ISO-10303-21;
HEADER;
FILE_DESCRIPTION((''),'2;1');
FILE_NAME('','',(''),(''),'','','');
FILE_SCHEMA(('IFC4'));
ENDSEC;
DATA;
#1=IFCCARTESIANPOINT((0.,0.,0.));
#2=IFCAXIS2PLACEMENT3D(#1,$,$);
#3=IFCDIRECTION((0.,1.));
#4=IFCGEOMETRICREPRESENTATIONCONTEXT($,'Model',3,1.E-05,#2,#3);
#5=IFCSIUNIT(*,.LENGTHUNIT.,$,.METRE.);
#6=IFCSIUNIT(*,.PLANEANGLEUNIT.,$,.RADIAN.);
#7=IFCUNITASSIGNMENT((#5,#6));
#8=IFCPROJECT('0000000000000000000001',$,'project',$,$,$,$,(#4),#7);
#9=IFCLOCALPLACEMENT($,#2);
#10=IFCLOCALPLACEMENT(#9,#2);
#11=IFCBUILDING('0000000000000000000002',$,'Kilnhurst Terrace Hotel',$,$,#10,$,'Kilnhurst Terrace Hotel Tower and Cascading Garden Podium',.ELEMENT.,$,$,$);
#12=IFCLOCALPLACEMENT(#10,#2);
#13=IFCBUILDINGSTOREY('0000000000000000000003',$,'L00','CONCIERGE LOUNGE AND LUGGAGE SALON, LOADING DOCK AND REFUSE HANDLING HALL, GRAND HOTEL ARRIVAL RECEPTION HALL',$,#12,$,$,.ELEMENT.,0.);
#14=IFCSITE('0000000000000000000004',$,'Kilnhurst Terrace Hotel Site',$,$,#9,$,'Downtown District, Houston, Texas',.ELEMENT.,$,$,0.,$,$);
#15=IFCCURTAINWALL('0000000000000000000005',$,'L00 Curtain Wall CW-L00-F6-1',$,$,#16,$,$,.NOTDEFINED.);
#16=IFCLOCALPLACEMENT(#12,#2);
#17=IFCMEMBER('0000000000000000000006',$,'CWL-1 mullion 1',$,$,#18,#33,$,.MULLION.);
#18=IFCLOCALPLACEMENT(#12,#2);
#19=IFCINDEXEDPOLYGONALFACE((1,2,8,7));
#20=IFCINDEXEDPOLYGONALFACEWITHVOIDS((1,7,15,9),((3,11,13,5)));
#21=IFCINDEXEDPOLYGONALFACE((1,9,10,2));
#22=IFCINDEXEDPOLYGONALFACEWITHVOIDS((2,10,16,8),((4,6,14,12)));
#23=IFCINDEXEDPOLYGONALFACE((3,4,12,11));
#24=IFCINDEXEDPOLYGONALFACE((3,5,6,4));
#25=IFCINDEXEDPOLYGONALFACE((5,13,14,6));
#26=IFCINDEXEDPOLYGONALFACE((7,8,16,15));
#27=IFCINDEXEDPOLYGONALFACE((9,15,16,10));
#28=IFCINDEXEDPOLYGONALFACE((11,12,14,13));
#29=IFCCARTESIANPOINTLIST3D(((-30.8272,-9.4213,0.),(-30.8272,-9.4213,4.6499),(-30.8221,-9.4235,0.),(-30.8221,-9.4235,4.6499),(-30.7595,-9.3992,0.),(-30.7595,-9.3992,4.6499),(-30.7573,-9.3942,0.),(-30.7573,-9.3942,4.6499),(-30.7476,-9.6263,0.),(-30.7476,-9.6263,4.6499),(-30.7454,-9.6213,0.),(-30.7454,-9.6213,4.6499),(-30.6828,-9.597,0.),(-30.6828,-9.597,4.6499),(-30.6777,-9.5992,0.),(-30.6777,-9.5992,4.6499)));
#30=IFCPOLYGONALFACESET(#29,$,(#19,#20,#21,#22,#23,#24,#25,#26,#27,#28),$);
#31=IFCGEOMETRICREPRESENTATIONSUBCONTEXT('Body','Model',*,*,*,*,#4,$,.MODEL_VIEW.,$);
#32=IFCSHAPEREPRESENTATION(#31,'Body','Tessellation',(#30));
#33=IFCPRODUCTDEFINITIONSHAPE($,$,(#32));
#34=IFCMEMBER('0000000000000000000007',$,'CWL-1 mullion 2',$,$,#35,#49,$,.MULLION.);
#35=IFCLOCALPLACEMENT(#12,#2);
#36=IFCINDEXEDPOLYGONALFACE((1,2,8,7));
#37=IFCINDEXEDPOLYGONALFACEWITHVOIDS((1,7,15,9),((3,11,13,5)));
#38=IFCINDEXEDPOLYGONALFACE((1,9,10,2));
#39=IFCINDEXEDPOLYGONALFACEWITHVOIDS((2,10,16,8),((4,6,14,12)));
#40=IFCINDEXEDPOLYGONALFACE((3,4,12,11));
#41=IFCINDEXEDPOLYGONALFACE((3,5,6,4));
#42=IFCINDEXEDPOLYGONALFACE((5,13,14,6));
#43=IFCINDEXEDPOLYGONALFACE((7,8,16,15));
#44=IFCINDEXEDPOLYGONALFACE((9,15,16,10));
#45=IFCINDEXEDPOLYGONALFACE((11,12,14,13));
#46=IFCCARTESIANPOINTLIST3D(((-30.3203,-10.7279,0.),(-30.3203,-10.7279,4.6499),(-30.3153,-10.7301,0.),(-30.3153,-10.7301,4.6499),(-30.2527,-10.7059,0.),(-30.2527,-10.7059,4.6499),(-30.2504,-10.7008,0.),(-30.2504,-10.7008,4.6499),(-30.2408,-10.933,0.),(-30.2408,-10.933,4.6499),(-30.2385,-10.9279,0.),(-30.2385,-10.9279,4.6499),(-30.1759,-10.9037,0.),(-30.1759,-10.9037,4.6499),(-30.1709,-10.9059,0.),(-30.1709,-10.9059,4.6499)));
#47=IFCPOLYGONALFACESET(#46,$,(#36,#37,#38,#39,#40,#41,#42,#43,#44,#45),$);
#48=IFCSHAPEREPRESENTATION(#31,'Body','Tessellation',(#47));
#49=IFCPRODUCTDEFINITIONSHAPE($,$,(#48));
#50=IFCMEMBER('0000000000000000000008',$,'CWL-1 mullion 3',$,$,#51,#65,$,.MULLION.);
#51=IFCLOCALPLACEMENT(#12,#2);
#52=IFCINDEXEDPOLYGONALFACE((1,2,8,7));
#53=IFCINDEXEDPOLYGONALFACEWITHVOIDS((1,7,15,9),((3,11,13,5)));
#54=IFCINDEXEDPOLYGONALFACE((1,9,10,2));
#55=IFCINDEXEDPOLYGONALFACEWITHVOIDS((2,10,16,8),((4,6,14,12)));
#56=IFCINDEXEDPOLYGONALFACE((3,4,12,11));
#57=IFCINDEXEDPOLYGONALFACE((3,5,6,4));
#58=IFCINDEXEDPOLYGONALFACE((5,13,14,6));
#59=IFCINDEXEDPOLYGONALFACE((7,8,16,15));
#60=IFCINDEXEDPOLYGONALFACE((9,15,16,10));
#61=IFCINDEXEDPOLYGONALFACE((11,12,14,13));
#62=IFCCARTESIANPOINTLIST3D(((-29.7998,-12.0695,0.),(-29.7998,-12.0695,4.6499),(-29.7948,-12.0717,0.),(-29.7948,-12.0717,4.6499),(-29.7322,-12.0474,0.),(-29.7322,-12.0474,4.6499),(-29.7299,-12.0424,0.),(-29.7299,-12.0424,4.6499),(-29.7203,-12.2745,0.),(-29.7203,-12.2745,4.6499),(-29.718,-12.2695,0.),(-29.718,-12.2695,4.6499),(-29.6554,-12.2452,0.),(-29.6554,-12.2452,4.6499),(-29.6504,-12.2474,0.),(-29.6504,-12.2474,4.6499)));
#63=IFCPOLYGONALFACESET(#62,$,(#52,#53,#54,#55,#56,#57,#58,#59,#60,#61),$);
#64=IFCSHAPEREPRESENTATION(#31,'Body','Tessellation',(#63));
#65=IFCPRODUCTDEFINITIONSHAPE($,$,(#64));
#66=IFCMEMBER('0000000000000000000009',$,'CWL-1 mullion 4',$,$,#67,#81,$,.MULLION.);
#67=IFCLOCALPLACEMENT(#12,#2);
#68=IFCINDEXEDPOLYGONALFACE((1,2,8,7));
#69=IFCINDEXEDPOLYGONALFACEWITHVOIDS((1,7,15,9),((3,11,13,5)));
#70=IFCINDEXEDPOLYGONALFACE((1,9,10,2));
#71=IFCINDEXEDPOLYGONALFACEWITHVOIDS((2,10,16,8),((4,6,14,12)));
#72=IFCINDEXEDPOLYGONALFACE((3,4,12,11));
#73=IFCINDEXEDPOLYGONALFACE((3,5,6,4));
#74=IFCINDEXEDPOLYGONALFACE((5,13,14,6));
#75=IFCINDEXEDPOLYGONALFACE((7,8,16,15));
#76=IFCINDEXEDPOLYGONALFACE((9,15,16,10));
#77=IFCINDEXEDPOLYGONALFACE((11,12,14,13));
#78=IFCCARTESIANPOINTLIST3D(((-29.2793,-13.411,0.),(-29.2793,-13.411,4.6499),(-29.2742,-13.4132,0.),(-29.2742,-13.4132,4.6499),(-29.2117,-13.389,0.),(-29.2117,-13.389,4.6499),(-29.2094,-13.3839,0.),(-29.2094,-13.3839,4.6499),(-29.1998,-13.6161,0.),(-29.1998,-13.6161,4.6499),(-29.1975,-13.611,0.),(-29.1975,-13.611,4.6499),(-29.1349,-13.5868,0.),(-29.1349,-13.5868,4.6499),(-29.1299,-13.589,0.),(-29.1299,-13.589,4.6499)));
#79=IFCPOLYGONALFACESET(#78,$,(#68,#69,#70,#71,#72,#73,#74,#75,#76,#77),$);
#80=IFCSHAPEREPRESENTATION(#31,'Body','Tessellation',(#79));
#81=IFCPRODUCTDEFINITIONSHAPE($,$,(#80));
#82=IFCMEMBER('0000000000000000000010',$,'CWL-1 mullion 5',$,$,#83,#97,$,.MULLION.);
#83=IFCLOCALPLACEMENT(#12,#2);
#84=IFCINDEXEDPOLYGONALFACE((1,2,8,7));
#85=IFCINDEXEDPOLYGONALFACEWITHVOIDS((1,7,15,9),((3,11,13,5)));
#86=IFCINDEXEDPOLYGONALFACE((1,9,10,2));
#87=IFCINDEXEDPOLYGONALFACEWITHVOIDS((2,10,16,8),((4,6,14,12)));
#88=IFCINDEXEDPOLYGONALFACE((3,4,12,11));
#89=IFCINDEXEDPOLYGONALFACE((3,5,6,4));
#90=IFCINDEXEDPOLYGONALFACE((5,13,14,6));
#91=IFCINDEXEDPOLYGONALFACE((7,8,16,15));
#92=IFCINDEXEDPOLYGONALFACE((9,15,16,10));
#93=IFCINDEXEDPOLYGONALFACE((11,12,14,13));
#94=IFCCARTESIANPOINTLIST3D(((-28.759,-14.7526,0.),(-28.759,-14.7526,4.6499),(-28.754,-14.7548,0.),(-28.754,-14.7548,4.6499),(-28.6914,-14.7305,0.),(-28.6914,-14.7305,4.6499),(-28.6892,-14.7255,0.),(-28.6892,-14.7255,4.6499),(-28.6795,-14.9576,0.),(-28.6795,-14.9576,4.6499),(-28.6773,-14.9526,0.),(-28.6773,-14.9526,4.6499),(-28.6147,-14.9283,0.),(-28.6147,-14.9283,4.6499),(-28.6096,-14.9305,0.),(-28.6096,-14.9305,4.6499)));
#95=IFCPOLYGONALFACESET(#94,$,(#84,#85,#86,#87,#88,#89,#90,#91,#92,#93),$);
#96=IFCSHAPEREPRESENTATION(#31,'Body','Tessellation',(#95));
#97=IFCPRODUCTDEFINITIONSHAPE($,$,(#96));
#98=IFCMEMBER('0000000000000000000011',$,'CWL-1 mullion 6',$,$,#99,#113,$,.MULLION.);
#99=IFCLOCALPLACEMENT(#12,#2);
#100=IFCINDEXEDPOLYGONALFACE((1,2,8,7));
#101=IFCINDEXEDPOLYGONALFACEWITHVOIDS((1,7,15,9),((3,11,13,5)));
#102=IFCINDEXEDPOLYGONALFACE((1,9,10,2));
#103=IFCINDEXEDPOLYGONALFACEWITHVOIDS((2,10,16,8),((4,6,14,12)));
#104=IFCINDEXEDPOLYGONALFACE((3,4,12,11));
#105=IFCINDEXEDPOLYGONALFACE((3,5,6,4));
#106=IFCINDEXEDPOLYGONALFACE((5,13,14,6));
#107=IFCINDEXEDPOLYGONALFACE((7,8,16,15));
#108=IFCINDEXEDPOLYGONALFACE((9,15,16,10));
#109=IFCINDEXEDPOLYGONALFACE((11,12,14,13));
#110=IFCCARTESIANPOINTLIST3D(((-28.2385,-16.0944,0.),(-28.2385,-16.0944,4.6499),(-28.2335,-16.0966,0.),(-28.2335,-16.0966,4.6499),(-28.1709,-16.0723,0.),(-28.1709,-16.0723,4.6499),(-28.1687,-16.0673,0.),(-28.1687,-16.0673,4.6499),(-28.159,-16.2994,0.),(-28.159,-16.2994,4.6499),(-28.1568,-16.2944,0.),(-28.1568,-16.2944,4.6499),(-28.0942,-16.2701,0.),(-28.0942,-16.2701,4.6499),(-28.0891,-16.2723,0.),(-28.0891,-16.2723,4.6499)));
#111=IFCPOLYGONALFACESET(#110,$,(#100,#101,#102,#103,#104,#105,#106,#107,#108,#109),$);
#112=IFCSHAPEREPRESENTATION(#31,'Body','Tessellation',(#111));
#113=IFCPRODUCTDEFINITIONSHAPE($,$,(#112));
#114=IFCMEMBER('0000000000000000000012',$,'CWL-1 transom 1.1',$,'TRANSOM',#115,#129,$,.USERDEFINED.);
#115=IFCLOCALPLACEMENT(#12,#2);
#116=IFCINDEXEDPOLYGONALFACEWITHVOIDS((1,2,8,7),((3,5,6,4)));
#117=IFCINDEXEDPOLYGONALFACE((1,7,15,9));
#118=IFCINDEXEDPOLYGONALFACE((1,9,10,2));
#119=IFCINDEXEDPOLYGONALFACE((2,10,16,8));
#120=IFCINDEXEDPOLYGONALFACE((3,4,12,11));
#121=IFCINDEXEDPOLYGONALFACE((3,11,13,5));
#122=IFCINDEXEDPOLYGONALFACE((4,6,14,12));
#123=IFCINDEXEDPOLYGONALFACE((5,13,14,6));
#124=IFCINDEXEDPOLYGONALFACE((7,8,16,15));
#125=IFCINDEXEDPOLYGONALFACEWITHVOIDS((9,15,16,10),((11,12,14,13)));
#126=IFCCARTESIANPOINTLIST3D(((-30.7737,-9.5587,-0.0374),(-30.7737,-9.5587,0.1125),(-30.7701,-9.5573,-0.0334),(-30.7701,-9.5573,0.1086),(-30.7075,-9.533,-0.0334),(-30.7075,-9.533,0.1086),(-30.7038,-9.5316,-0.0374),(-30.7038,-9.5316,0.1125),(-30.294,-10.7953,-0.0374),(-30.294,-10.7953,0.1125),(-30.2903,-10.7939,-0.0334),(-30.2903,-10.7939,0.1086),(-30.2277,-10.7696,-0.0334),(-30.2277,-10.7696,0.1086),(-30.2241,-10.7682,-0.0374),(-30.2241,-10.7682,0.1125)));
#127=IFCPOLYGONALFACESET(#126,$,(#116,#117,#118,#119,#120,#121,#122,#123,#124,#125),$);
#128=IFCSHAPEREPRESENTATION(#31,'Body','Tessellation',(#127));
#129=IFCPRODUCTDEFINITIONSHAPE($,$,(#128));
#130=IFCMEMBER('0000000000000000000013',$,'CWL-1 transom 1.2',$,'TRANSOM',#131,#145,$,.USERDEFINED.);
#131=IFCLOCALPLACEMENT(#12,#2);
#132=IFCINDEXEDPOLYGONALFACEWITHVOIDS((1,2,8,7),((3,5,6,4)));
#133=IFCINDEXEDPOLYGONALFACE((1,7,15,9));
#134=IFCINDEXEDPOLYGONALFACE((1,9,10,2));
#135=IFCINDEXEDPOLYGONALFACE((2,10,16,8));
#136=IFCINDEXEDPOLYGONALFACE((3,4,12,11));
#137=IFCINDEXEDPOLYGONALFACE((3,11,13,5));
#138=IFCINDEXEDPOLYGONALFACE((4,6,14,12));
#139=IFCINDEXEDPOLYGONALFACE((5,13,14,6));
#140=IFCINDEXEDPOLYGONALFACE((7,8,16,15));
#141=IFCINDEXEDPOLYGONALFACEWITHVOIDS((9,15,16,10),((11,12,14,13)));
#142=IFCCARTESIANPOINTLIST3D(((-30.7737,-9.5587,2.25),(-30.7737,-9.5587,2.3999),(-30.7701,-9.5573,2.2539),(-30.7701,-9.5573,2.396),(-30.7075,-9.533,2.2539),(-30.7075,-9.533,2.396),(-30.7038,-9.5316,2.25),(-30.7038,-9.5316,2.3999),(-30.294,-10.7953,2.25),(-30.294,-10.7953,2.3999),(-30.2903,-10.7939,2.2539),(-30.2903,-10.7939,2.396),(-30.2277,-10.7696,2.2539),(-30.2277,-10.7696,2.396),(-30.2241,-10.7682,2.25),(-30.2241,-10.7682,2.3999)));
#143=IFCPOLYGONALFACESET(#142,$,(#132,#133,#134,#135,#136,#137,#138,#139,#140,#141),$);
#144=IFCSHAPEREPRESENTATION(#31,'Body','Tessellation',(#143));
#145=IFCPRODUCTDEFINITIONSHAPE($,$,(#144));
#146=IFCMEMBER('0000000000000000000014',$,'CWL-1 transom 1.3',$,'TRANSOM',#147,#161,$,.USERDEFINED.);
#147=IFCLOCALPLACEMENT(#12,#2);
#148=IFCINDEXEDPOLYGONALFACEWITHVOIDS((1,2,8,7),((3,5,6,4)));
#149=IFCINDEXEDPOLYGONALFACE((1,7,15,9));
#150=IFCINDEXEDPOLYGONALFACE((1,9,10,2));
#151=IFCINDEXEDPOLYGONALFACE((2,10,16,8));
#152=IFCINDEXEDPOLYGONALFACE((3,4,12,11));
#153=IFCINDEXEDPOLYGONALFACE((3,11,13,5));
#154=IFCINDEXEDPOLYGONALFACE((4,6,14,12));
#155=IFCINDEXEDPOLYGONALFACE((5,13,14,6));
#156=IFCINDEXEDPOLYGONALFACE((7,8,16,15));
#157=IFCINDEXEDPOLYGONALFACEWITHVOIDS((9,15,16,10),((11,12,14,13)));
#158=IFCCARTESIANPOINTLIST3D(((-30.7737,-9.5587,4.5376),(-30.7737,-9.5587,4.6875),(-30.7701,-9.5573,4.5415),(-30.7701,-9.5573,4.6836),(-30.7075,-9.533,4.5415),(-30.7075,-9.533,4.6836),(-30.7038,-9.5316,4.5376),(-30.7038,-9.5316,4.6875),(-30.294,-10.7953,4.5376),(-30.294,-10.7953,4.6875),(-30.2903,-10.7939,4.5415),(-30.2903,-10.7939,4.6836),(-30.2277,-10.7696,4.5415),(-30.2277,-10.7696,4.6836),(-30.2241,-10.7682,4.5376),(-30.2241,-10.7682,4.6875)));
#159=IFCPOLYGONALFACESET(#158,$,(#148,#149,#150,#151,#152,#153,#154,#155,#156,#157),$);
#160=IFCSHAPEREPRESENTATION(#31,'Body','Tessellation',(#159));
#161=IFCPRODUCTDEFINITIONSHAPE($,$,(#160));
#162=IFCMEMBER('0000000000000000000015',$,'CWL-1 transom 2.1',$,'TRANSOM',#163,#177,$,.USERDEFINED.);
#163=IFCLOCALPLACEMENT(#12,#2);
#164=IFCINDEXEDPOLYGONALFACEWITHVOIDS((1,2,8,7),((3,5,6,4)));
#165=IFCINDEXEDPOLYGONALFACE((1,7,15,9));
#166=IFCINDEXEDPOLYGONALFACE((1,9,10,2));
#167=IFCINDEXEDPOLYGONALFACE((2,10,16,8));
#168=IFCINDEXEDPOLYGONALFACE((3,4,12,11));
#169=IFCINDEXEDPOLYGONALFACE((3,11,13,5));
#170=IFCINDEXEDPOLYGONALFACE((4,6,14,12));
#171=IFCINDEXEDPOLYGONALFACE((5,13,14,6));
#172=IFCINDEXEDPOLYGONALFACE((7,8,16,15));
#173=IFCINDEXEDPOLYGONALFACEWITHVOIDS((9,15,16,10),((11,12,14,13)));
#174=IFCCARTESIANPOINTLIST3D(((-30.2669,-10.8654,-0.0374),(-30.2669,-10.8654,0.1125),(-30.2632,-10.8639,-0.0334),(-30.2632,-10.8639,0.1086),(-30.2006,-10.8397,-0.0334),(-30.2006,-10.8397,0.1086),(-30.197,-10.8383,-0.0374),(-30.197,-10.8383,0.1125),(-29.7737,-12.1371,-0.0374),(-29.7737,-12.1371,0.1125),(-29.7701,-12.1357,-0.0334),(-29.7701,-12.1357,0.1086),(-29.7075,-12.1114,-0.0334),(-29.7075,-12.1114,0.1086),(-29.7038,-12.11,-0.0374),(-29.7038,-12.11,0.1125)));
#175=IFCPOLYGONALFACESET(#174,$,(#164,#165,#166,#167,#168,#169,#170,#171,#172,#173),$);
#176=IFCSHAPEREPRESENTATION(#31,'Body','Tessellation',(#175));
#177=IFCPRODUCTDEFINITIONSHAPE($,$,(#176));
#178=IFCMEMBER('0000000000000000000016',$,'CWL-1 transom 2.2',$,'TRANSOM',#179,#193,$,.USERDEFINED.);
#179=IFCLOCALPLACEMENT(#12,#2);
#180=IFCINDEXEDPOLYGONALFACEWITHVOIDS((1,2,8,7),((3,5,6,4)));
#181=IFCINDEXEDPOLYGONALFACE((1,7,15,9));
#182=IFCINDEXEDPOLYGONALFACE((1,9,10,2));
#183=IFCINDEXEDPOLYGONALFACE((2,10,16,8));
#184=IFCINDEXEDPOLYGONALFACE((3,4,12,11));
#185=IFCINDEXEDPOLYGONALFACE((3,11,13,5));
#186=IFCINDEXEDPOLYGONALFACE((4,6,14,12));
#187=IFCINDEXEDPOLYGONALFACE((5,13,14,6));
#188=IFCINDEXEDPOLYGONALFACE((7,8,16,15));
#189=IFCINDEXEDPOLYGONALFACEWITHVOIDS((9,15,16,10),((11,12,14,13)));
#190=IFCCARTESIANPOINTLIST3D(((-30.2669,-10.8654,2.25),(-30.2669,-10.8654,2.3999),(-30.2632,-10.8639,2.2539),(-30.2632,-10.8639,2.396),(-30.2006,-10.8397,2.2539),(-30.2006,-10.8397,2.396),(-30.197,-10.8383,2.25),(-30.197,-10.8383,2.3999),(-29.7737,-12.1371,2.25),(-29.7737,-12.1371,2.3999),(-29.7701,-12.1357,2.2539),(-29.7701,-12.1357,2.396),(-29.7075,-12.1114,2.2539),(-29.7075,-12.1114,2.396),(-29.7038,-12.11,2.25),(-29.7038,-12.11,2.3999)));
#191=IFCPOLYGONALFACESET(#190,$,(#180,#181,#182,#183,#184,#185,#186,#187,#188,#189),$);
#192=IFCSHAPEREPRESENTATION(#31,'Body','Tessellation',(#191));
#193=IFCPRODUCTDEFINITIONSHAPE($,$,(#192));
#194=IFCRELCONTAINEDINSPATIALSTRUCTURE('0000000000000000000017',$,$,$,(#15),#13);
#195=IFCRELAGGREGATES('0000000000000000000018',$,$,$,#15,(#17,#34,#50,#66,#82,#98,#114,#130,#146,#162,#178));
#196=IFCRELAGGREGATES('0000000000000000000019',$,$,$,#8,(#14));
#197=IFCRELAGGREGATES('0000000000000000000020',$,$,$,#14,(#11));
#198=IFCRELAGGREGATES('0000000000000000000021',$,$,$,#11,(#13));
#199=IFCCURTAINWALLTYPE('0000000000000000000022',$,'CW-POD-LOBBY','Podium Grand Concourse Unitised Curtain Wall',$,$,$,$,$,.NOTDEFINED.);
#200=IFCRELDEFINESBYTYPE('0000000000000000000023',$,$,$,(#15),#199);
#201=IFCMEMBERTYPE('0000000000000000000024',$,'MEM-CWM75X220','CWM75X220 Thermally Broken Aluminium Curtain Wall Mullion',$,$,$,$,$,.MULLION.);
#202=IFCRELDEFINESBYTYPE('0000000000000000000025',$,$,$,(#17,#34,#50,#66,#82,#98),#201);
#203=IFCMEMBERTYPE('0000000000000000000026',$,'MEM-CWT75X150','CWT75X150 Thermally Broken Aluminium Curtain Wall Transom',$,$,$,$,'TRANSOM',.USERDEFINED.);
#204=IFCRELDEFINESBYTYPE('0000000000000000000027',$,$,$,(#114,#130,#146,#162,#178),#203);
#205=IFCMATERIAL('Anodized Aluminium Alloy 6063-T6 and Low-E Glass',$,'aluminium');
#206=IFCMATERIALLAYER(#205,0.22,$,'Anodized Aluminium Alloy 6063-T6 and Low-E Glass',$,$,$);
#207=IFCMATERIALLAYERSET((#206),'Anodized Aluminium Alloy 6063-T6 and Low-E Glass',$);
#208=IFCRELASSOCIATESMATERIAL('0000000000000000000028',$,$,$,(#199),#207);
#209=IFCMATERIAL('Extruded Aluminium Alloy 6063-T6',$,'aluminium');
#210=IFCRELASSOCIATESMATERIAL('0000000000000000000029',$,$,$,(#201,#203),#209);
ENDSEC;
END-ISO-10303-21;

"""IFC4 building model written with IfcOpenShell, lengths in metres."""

from ifc_helpers import new_model, si_unit, direction, frame, origin, origin_2d, place, context, subcontext, project, spatial, hollow_rectangle, extrude, material, layer, layer_set, material_profile, profile_set, type_object, element, aggregate, save


model = new_model("IFC4")

# Units and contexts
model_context = context("Model", 3, precision=1e-05, world=origin(), true_north=direction((0.0, 1.0)))
body_context = subcontext(model_context, "Body", "Model", "MODEL_VIEW")
ifc_project = project(units=[si_unit("LENGTHUNIT", "METRE"), si_unit("PLANEANGLEUNIT", "RADIAN")], contexts=[model_context])

# Site, building, storey
site_placement = place(None, origin())
site = spatial("IfcSite", under=ifc_project, at=site_placement, Name="Kilnhurst Terrace Hotel Site", LongName="Downtown District, Houston, Texas", CompositionType="ELEMENT", RefElevation=0.0)
building_placement = place(site_placement, origin())
building = spatial("IfcBuilding", under=site, at=building_placement, Name="Kilnhurst Terrace Hotel", LongName="Kilnhurst Terrace Hotel Tower and Cascading Garden Podium", CompositionType="ELEMENT")
storey_placement = place(building_placement, origin())
storey = spatial("IfcBuildingStorey", under=building, at=storey_placement, Name="L00", Description="CONCIERGE LOUNGE AND LUGGAGE SALON, LOADING DOCK AND REFUSE HANDLING HALL, GRAND HOTEL ARRIVAL RECEPTION HALL", CompositionType="ELEMENT", Elevation=0.0)

# Curtain wall, members
ifc_material_1 = material(Name="Anodized Aluminium Alloy 6063-T6 and Low-E Glass", Category="aluminium")
ifc_layer_1 = layer(ifc_material_1, 0.22, Name="Anodized Aluminium Alloy 6063-T6 and Low-E Glass")
ifc_layer_set_1 = layer_set([ifc_layer_1], Name="Anodized Aluminium Alloy 6063-T6 and Low-E Glass")
curtain_wall_type = type_object("IfcCurtainWallType", Name="CW-POD-LOBBY", Description="Podium Grand Concourse Unitised Curtain Wall", PredefinedType="NOTDEFINED", material=ifc_layer_set_1)
curtain_wall_placement = place(storey_placement, origin())
curtain_wall = element("IfcCurtainWall", 1, at=curtain_wall_placement, inside=storey, type_object=curtain_wall_type, Name="L00 Curtain Wall CW-L00-F6-1", PredefinedType="NOTDEFINED")
ifc_material_2 = material(Name="Extruded Aluminium Alloy 6063-T6", Category="aluminium")
ifc_material_profile_1 = material_profile(ifc_material_2, hollow_rectangle(XDim=0.075, YDim=0.22, WallThickness=0.0039, at=origin_2d()), Name="CWM75X220")
ifc_profile_set_1 = profile_set([ifc_material_profile_1], Name="Extruded Aluminium Alloy 6063-T6")
member_type_1 = type_object("IfcMemberType", Name="MEM-CWM75X220", Description="CWM75X220 Thermally Broken Aluminium Curtain Wall Mullion", PredefinedType="MULLION", material=ifc_profile_set_1)
member_1_placement = place(storey_placement, frame((-30.7524, -9.5103, 0.0), z_axis=(0.0, 0.0, 1.0), x_axis=(0.932318, 0.361639, 0.0)))
member_1 = element("IfcMember", 2, at=member_1_placement, type_object=member_type_1, Name="CWL-1 mullion 1", PredefinedType="MULLION", context=body_context, shape_type="SweptSolid", body=[
    extrude(hollow_rectangle(XDim=0.075, YDim=0.22, WallThickness=0.0039, at=origin_2d()), origin(), (0.0, 0.0, 1.0), 4.6499),
])
member_2_placement = place(storey_placement, frame((-30.2456, -10.8169, 0.0), z_axis=(0.0, 0.0, 1.0), x_axis=(0.932318, 0.361639, 0.0)))
member_2 = element("IfcMember", 3, at=member_2_placement, type_object=member_type_1, Name="CWL-1 mullion 2", PredefinedType="MULLION", context=body_context, shape_type="SweptSolid", body=[
    extrude(hollow_rectangle(XDim=0.075, YDim=0.22, WallThickness=0.0039, at=origin_2d()), origin(), (0.0, 0.0, 1.0), 4.6499),
])
member_3_placement = place(storey_placement, frame((-29.7251, -12.1584, 0.0), z_axis=(0.0, 0.0, 1.0), x_axis=(0.932318, 0.361639, 0.0)))
member_3 = element("IfcMember", 4, at=member_3_placement, type_object=member_type_1, Name="CWL-1 mullion 3", PredefinedType="MULLION", context=body_context, shape_type="SweptSolid", body=[
    extrude(hollow_rectangle(XDim=0.075, YDim=0.22, WallThickness=0.0039, at=origin_2d()), origin(), (0.0, 0.0, 1.0), 4.6499),
])
member_4_placement = place(storey_placement, frame((-29.2046, -13.5, 0.0), z_axis=(0.0, 0.0, 1.0), x_axis=(0.932318, 0.361639, 0.0)))
member_4 = element("IfcMember", 5, at=member_4_placement, type_object=member_type_1, Name="CWL-1 mullion 4", PredefinedType="MULLION", context=body_context, shape_type="SweptSolid", body=[
    extrude(hollow_rectangle(XDim=0.075, YDim=0.22, WallThickness=0.0039, at=origin_2d()), origin(), (0.0, 0.0, 1.0), 4.6499),
])
member_5_placement = place(storey_placement, frame((-28.6843, -14.8416, 0.0), z_axis=(0.0, 0.0, 1.0), x_axis=(0.932318, 0.361639, 0.0)))
member_5 = element("IfcMember", 6, at=member_5_placement, type_object=member_type_1, Name="CWL-1 mullion 5", PredefinedType="MULLION", context=body_context, shape_type="SweptSolid", body=[
    extrude(hollow_rectangle(XDim=0.075, YDim=0.22, WallThickness=0.0039, at=origin_2d()), origin(), (0.0, 0.0, 1.0), 4.6499),
])
member_6_placement = place(storey_placement, frame((-28.1638, -16.1833, 0.0), z_axis=(0.0, 0.0, 1.0), x_axis=(0.932318, 0.361639, 0.0)))
member_6 = element("IfcMember", 7, at=member_6_placement, type_object=member_type_1, Name="CWL-1 mullion 6", PredefinedType="MULLION", context=body_context, shape_type="SweptSolid", body=[
    extrude(hollow_rectangle(XDim=0.075, YDim=0.22, WallThickness=0.0039, at=origin_2d()), origin(), (0.0, 0.0, 1.0), 4.6499),
])
ifc_material_profile_2 = material_profile(ifc_material_2, hollow_rectangle(XDim=0.075, YDim=0.1499, WallThickness=0.0039, at=origin_2d()), Name="CWT75X150")
ifc_profile_set_2 = profile_set([ifc_material_profile_2], Name="Extruded Aluminium Alloy 6063-T6")
member_type_2 = type_object("IfcMemberType", Name="MEM-CWT75X150", Description="CWT75X150 Thermally Broken Aluminium Curtain Wall Transom", ElementType="TRANSOM", PredefinedType="USERDEFINED", material=ifc_profile_set_2)
member_7_placement = place(storey_placement, frame((-30.7388, -9.5452, 0.0376), z_axis=(0.361691, -0.932298, 0.0), x_axis=(0.932298, 0.361691, 0.0)))
member_7 = element("IfcMember", 8, at=member_7_placement, type_object=member_type_2, Name="CWL-1 transom 1.1", ObjectType="TRANSOM", PredefinedType="USERDEFINED", context=body_context, shape_type="SweptSolid", body=[
    extrude(hollow_rectangle(XDim=0.075, YDim=0.1499, WallThickness=0.0039, at=origin_2d()), origin(), (0.0, 0.0, 1.0), 1.3264),
])
member_8_placement = place(storey_placement, frame((-30.7388, -9.5452, 2.325), z_axis=(0.361691, -0.932298, 0.0), x_axis=(0.932298, 0.361691, 0.0)))
member_8 = element("IfcMember", 9, at=member_8_placement, type_object=member_type_2, Name="CWL-1 transom 1.2", ObjectType="TRANSOM", PredefinedType="USERDEFINED", context=body_context, shape_type="SweptSolid", body=[
    extrude(hollow_rectangle(XDim=0.075, YDim=0.1499, WallThickness=0.0039, at=origin_2d()), origin(), (0.0, 0.0, 1.0), 1.3264),
])
member_9_placement = place(storey_placement, frame((-30.7388, -9.5452, 4.6125), z_axis=(0.361691, -0.932298, 0.0), x_axis=(0.932298, 0.361691, 0.0)))
member_9 = element("IfcMember", 10, at=member_9_placement, type_object=member_type_2, Name="CWL-1 transom 1.3", ObjectType="TRANSOM", PredefinedType="USERDEFINED", context=body_context, shape_type="SweptSolid", body=[
    extrude(hollow_rectangle(XDim=0.075, YDim=0.1499, WallThickness=0.0039, at=origin_2d()), origin(), (0.0, 0.0, 1.0), 1.3264),
])
member_10_placement = place(storey_placement, frame((-30.2319, -10.8518, 0.0376), z_axis=(0.361556, -0.93235, 0.0), x_axis=(0.93235, 0.361556, 0.0)))
member_10 = element("IfcMember", 11, at=member_10_placement, type_object=member_type_2, Name="CWL-1 transom 2.1", ObjectType="TRANSOM", PredefinedType="USERDEFINED", context=body_context, shape_type="SweptSolid", body=[
    extrude(hollow_rectangle(XDim=0.075, YDim=0.1499, WallThickness=0.0039, at=origin_2d()), origin(), (0.0, 0.0, 1.0), 1.364),
])
member_11_placement = place(storey_placement, frame((-30.2319, -10.8518, 2.325), z_axis=(0.361556, -0.93235, 0.0), x_axis=(0.93235, 0.361556, 0.0)))
member_11 = element("IfcMember", 12, at=member_11_placement, type_object=member_type_2, Name="CWL-1 transom 2.2", ObjectType="TRANSOM", PredefinedType="USERDEFINED", context=body_context, shape_type="SweptSolid", body=[
    extrude(hollow_rectangle(XDim=0.075, YDim=0.1499, WallThickness=0.0039, at=origin_2d()), origin(), (0.0, 0.0, 1.0), 1.364),
])
aggregate(curtain_wall, [member_1, member_2, member_3, member_4, member_5, member_6, member_7, member_8, member_9, member_10, member_11])

save(model, "model.ifc")
